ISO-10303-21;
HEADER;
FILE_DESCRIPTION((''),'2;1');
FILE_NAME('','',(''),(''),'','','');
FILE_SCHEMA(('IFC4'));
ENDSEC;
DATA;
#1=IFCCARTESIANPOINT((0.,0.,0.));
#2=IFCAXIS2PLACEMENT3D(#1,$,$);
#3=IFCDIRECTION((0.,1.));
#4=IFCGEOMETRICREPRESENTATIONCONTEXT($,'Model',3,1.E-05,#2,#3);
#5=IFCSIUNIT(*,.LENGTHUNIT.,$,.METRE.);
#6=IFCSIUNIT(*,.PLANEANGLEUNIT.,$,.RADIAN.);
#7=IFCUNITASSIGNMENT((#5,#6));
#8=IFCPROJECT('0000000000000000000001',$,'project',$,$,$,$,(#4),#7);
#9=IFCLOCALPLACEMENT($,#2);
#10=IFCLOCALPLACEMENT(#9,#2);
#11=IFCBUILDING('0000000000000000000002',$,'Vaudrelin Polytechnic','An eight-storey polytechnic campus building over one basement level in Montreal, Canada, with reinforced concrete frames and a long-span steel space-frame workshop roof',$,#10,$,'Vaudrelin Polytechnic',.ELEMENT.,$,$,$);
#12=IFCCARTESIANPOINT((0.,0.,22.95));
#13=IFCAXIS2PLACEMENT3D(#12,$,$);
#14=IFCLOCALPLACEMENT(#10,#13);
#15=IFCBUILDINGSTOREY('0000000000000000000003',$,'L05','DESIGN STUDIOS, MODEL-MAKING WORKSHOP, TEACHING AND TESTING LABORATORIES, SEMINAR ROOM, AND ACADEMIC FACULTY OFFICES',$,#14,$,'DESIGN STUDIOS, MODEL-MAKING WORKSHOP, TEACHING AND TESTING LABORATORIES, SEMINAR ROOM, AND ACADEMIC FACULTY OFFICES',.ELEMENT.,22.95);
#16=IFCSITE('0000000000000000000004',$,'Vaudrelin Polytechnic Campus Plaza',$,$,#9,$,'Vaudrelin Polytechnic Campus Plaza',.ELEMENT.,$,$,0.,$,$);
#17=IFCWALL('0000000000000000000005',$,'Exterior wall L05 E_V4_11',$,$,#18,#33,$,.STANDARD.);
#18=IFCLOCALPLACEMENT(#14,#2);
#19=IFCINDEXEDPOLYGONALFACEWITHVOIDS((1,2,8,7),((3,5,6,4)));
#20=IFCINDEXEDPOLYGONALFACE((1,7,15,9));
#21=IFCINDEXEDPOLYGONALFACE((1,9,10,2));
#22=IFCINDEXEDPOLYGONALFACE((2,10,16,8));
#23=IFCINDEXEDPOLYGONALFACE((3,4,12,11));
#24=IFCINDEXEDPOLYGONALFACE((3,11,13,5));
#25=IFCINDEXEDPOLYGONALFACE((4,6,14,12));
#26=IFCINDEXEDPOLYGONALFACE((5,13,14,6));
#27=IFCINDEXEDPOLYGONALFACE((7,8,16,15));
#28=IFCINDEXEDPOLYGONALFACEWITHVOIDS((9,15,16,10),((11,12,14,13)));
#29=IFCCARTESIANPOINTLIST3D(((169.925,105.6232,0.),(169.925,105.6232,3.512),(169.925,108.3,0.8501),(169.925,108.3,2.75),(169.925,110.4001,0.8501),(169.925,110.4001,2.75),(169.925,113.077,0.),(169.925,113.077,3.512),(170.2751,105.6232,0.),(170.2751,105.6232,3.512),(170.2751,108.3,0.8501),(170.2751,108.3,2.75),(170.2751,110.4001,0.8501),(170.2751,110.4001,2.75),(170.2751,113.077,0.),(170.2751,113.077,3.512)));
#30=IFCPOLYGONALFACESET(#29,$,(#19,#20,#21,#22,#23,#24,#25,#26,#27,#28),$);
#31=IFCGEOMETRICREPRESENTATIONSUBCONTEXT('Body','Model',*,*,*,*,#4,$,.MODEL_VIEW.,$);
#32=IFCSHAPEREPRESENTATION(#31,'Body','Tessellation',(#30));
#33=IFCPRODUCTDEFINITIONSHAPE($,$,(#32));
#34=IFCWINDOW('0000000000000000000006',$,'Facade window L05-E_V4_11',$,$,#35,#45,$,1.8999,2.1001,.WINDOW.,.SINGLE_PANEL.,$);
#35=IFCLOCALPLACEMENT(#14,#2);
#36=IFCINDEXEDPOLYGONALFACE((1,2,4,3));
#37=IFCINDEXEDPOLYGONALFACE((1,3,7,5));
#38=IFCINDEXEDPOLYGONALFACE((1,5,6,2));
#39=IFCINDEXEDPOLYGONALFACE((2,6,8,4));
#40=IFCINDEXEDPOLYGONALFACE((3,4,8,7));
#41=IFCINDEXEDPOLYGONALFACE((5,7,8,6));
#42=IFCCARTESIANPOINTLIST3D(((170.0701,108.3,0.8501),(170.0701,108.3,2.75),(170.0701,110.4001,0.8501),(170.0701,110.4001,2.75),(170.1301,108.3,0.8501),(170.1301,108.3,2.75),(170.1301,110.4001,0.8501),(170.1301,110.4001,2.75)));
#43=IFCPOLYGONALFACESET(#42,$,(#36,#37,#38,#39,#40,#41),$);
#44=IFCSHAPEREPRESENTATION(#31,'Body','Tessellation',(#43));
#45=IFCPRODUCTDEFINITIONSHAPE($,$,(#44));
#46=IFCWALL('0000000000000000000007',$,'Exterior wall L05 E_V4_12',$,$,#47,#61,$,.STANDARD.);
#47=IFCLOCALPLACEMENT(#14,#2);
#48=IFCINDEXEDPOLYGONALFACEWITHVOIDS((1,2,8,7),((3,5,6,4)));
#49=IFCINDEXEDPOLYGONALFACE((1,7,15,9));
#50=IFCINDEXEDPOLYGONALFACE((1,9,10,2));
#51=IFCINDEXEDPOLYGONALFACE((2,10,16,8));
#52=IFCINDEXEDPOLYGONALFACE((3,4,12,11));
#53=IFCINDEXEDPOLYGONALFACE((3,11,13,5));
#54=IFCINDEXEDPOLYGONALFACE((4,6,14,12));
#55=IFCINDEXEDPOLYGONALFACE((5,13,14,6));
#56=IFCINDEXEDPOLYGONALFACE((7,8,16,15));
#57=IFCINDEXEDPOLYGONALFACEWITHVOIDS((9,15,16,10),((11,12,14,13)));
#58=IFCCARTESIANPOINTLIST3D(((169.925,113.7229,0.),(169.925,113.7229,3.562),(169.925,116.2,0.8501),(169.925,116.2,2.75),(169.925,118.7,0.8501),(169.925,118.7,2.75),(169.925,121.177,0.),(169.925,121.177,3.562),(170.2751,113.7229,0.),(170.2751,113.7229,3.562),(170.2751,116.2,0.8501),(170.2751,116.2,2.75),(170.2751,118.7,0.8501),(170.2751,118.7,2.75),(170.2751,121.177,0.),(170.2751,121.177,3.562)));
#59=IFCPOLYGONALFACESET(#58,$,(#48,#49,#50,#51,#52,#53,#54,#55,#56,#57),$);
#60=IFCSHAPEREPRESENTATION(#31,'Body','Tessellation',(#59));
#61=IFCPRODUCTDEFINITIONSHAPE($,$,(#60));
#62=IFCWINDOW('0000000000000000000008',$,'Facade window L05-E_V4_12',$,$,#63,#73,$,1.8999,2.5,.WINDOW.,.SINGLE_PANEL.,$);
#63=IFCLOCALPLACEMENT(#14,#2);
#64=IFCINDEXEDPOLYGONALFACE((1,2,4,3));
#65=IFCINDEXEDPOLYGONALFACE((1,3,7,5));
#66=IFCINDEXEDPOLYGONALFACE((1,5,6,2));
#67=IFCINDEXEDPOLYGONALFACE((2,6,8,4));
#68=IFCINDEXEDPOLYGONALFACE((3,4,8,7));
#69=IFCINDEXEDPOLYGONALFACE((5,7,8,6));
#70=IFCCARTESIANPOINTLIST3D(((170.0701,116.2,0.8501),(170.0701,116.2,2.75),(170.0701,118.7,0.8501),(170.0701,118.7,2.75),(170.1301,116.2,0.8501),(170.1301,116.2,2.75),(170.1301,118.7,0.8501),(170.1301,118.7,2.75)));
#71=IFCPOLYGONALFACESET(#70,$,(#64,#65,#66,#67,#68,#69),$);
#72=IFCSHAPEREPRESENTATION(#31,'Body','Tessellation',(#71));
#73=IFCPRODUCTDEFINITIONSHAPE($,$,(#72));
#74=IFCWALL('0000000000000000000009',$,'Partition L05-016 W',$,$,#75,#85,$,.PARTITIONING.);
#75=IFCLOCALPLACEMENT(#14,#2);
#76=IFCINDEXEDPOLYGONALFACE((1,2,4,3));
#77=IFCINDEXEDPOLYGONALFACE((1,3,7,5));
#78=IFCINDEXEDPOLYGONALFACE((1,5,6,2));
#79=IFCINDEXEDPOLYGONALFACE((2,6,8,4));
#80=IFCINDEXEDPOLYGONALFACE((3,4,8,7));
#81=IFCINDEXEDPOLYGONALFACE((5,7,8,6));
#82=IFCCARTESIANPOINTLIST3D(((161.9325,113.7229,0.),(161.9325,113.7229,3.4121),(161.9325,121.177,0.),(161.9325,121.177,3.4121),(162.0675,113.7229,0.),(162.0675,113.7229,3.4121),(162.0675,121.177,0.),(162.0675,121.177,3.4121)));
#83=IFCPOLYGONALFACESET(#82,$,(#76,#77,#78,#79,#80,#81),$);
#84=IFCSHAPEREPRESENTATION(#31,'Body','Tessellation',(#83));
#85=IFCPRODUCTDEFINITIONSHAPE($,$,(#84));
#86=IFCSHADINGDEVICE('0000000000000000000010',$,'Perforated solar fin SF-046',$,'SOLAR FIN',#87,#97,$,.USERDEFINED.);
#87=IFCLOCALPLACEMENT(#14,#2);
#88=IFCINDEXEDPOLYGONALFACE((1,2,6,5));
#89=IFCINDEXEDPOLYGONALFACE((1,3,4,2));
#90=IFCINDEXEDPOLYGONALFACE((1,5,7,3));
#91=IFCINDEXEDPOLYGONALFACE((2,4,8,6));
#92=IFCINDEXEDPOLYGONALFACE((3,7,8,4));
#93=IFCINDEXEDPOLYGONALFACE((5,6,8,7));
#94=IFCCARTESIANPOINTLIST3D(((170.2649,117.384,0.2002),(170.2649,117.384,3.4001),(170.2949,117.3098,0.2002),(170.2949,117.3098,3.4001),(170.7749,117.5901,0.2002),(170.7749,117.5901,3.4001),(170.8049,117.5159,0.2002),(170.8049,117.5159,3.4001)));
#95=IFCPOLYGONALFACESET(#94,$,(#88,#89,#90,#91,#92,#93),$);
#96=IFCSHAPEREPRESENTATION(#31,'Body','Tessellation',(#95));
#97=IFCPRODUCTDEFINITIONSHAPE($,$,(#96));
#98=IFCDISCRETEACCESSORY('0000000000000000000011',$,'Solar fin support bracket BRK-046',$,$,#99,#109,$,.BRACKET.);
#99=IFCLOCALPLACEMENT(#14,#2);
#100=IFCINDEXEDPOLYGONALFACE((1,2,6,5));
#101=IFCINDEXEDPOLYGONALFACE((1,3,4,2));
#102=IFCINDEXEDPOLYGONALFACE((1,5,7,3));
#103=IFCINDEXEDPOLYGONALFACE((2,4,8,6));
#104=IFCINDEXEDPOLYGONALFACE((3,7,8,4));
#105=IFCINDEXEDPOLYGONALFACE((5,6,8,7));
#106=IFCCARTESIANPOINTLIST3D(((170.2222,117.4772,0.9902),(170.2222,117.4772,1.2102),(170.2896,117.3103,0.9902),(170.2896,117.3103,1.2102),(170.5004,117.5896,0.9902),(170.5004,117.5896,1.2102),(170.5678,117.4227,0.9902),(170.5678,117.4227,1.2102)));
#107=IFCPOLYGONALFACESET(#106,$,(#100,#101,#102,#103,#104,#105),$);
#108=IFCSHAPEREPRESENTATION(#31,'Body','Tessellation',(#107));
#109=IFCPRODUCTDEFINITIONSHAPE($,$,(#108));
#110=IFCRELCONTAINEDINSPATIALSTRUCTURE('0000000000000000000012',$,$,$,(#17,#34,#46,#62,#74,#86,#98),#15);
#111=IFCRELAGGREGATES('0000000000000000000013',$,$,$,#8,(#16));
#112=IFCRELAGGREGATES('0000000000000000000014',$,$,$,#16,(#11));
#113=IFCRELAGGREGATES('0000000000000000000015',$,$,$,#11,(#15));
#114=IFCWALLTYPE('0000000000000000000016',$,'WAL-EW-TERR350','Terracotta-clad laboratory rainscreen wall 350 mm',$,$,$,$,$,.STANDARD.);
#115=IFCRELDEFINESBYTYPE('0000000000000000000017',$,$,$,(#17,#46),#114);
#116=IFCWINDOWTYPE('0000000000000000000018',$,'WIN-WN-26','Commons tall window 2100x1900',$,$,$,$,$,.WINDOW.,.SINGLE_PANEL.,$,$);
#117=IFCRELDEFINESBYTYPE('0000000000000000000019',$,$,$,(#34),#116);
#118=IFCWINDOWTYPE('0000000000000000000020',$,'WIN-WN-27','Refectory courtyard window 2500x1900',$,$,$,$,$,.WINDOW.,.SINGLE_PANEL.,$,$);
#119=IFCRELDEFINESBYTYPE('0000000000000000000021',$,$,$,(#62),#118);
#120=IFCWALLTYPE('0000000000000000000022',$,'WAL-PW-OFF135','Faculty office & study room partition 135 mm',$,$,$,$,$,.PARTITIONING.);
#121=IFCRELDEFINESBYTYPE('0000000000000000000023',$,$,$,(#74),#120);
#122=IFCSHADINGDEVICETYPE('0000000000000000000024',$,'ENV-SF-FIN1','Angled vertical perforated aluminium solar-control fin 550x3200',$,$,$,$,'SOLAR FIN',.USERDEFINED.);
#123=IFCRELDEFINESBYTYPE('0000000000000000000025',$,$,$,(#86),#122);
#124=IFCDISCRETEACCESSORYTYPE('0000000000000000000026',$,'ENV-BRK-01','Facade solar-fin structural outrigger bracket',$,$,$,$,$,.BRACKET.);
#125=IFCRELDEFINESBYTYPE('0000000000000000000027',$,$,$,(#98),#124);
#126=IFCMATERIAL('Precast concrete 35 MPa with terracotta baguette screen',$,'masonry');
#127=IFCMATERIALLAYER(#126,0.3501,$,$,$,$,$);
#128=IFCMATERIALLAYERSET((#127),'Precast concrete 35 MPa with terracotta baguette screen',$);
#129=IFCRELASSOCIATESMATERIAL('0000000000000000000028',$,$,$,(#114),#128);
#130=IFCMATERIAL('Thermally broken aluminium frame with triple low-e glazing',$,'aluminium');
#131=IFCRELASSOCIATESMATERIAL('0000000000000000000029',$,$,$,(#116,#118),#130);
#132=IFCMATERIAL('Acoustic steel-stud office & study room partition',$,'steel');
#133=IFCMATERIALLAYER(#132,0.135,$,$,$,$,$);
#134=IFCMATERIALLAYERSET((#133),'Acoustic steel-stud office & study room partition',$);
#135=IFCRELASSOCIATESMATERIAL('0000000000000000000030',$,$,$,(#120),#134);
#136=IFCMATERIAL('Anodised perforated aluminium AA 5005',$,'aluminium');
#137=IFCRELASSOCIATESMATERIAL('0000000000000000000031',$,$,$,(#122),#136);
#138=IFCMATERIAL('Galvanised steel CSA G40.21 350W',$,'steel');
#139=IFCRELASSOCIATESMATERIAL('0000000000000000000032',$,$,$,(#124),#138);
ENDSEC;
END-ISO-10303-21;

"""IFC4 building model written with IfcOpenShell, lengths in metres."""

from ifc_helpers import new_model, si_unit, direction, frame, frame_2d, origin, origin_2d, place, context, subcontext, project, spatial, rectangle, extrude, material, layer, layer_set, type_object, element, fill, save


model = new_model("IFC4")

# Units and contexts
model_context = context("Model", 3, precision=1e-05, world=origin(), true_north=direction((0.0, 1.0)))
body_context = subcontext(model_context, "Body", "Model", "MODEL_VIEW")
ifc_project = project(units=[si_unit("LENGTHUNIT", "METRE"), si_unit("PLANEANGLEUNIT", "RADIAN")], contexts=[model_context])

# Site, building, storey
site_placement = place(None, origin())
site = spatial("IfcSite", under=ifc_project, at=site_placement, Name="Vaudrelin Polytechnic Campus Plaza", LongName="Vaudrelin Polytechnic Campus Plaza", CompositionType="ELEMENT", RefElevation=0.0)
building_placement = place(site_placement, origin())
building = spatial("IfcBuilding", under=site, at=building_placement, Name="Vaudrelin Polytechnic", Description="An eight-storey polytechnic campus building over one basement level in Montreal, Canada, with reinforced concrete frames and a long-span steel space-frame workshop roof", LongName="Vaudrelin Polytechnic", CompositionType="ELEMENT")
storey_placement = place(building_placement, frame((0.0, 0.0, 22.95)))
storey = spatial("IfcBuildingStorey", under=building, at=storey_placement, Name="L05", Description="DESIGN STUDIOS, MODEL-MAKING WORKSHOP, TEACHING AND TESTING LABORATORIES, SEMINAR ROOM, AND ACADEMIC FACULTY OFFICES", LongName="DESIGN STUDIOS, MODEL-MAKING WORKSHOP, TEACHING AND TESTING LABORATORIES, SEMINAR ROOM, AND ACADEMIC FACULTY OFFICES", CompositionType="ELEMENT", Elevation=22.95)

# Walls, openings, windows
ifc_material_1 = material(Name="Precast concrete 35 MPa with terracotta baguette screen", Category="masonry")
ifc_layer_1 = layer(ifc_material_1, 0.3501)
ifc_layer_set_1 = layer_set([ifc_layer_1], Name="Precast concrete 35 MPa with terracotta baguette screen")
wall_type_1 = type_object("IfcWallType", Name="WAL-EW-TERR350", Description="Terracotta-clad laboratory rainscreen wall 350 mm", PredefinedType="STANDARD", material=ifc_layer_set_1)
ifc_material_2 = material(Name="Thermally broken aluminium frame with triple low-e glazing", Category="aluminium")
wall_1_placement = place(storey_placement, frame((170.1001, 105.623, 0.0), z_axis=(0.0, 0.0, 1.0), x_axis=(0.0, 1.0, 0.0)))
wall_1 = element("IfcWall", 1, at=wall_1_placement, inside=storey, type_object=wall_type_1, Name="Exterior wall L05 E_V4_11", PredefinedType="STANDARD", context=body_context, shape_type="SweptSolid", body=[
    extrude(rectangle(XDim=7.4539, YDim=0.3501, at=frame_2d((3.7271, 0.0))), origin(), (0.0, 0.0, 1.0), 3.512),
])
opening_1_placement = place(wall_1_placement, frame((2.677, 0.0, 0.8501)))
opening_1 = element("IfcOpeningElement", 2, at=opening_1_placement, cuts=wall_1, PredefinedType="OPENING", context=body_context, shape_type="SweptSolid", body=[
    extrude(rectangle(XDim=2.1001, YDim=1.8999, at=frame_2d((1.05, 0.95))), frame((0.0, 0.1851, 0.0), z_axis=(0.0, -1.0, 0.0), x_axis=(1.0, 0.0, 0.0)), (0.0, 0.0, 1.0), 0.3701),
])
window_type_1 = type_object("IfcWindowType", Name="WIN-WN-26", Description="Commons tall window 2100x1900", PartitioningType="SINGLE_PANEL", PredefinedType="WINDOW", material=ifc_material_2)
window_1_placement = place(opening_1_placement, origin())
window_1 = element("IfcWindow", 3, at=window_1_placement, inside=storey, type_object=window_type_1, Name="Facade window L05-E_V4_11", OverallHeight=1.8999, OverallWidth=2.1001, PartitioningType="SINGLE_PANEL", PredefinedType="WINDOW", context=body_context, shape_type="SweptSolid", body=[
    extrude(rectangle(XDim=2.1001, YDim=1.8999, at=frame_2d((1.05, 0.95))), frame((0.0, 0.03, 0.0), z_axis=(0.0, -1.0, 0.0), x_axis=(1.0, 0.0, 0.0)), (0.0, 0.0, 1.0), 0.0601),
])
fill(opening_1, window_1)
wall_2_placement = place(storey_placement, frame((170.1001, 113.7229, 0.0), z_axis=(0.0, 0.0, 1.0), x_axis=(0.0, 1.0, 0.0)))
wall_2 = element("IfcWall", 4, at=wall_2_placement, inside=storey, type_object=wall_type_1, Name="Exterior wall L05 E_V4_12", PredefinedType="STANDARD", context=body_context, shape_type="SweptSolid", body=[
    extrude(rectangle(XDim=7.4541, YDim=0.3501, at=frame_2d((3.7271, 0.0))), origin(), (0.0, 0.0, 1.0), 3.562),
])
opening_2_placement = place(wall_2_placement, frame((2.4771, 0.0, 0.8501)))
opening_2 = element("IfcOpeningElement", 5, at=opening_2_placement, cuts=wall_2, PredefinedType="OPENING", context=body_context, shape_type="SweptSolid", body=[
    extrude(rectangle(XDim=2.5, YDim=1.8999, at=frame_2d((1.25, 0.95))), frame((0.0, 0.1851, 0.0), z_axis=(0.0, -1.0, 0.0), x_axis=(1.0, 0.0, 0.0)), (0.0, 0.0, 1.0), 0.3701),
])
window_type_2 = type_object("IfcWindowType", Name="WIN-WN-27", Description="Refectory courtyard window 2500x1900", PartitioningType="SINGLE_PANEL", PredefinedType="WINDOW", material=ifc_material_2)
window_2_placement = place(opening_2_placement, origin())
window_2 = element("IfcWindow", 6, at=window_2_placement, inside=storey, type_object=window_type_2, Name="Facade window L05-E_V4_12", OverallHeight=1.8999, OverallWidth=2.5, PartitioningType="SINGLE_PANEL", PredefinedType="WINDOW", context=body_context, shape_type="SweptSolid", body=[
    extrude(rectangle(XDim=2.5, YDim=1.8999, at=frame_2d((1.25, 0.95))), frame((0.0, 0.03, 0.0), z_axis=(0.0, -1.0, 0.0), x_axis=(1.0, 0.0, 0.0)), (0.0, 0.0, 1.0), 0.0601),
])
fill(opening_2, window_2)

# Wall
ifc_material_3 = material(Name="Acoustic steel-stud office & study room partition", Category="steel")
ifc_layer_2 = layer(ifc_material_3, 0.135)
ifc_layer_set_2 = layer_set([ifc_layer_2], Name="Acoustic steel-stud office & study room partition")
wall_type_2 = type_object("IfcWallType", Name="WAL-PW-OFF135", Description="Faculty office & study room partition 135 mm", PredefinedType="PARTITIONING", material=ifc_layer_set_2)
wall_3_placement = place(storey_placement, frame((162.0, 113.7229, 0.0), z_axis=(0.0, 0.0, 1.0), x_axis=(0.0, 1.0, 0.0)))
element("IfcWall", 7, at=wall_3_placement, inside=storey, type_object=wall_type_2, Name="Partition L05-016 W", PredefinedType="PARTITIONING", context=body_context, shape_type="SweptSolid", body=[
    extrude(rectangle(XDim=7.4541, YDim=0.135, at=frame_2d((3.7271, 0.0))), origin(), (0.0, 0.0, 1.0), 3.4121),
])

# Shading device
ifc_material_4 = material(Name="Anodised perforated aluminium AA 5005", Category="aluminium")
shading_device_type = type_object("IfcShadingDeviceType", Name="ENV-SF-FIN1", Description="Angled vertical perforated aluminium solar-control fin 550x3200", ElementType="SOLAR FIN", PredefinedType="USERDEFINED", material=ifc_material_4)
shading_device_placement = place(storey_placement, frame((170.5349, 117.45, 0.2002), z_axis=(0.0, 0.0, 1.0), x_axis=(0.927184, 0.374607, 0.0)))
element("IfcShadingDevice", 8, at=shading_device_placement, inside=storey, type_object=shading_device_type, Name="Perforated solar fin SF-046", ObjectType="SOLAR FIN", PredefinedType="USERDEFINED", context=body_context, shape_type="SweptSolid", body=[
    extrude(rectangle(XDim=0.55, YDim=0.0801, at=origin_2d()), origin(), (0.0, 0.0, 1.0), 3.2),
])

# Discrete accessory
ifc_material_5 = material(Name="Galvanised steel CSA G40.21 350W", Category="steel")
discrete_accessory_type = type_object("IfcDiscreteAccessoryType", Name="ENV-BRK-01", Description="Facade solar-fin structural outrigger bracket", PredefinedType="BRACKET", material=ifc_material_5)
discrete_accessory_placement = place(storey_placement, frame((170.395, 117.45, 0.9902), z_axis=(0.0, 0.0, 1.0), x_axis=(0.927184, 0.374607, 0.0)))
element("IfcDiscreteAccessory", 9, at=discrete_accessory_placement, inside=storey, type_object=discrete_accessory_type, Name="Solar fin support bracket BRK-046", PredefinedType="BRACKET", context=body_context, shape_type="SweptSolid", body=[
    extrude(rectangle(XDim=0.3, YDim=0.1799, at=origin_2d()), origin(), (0.0, 0.0, 1.0), 0.22),
])

save(model, "model.ifc")
